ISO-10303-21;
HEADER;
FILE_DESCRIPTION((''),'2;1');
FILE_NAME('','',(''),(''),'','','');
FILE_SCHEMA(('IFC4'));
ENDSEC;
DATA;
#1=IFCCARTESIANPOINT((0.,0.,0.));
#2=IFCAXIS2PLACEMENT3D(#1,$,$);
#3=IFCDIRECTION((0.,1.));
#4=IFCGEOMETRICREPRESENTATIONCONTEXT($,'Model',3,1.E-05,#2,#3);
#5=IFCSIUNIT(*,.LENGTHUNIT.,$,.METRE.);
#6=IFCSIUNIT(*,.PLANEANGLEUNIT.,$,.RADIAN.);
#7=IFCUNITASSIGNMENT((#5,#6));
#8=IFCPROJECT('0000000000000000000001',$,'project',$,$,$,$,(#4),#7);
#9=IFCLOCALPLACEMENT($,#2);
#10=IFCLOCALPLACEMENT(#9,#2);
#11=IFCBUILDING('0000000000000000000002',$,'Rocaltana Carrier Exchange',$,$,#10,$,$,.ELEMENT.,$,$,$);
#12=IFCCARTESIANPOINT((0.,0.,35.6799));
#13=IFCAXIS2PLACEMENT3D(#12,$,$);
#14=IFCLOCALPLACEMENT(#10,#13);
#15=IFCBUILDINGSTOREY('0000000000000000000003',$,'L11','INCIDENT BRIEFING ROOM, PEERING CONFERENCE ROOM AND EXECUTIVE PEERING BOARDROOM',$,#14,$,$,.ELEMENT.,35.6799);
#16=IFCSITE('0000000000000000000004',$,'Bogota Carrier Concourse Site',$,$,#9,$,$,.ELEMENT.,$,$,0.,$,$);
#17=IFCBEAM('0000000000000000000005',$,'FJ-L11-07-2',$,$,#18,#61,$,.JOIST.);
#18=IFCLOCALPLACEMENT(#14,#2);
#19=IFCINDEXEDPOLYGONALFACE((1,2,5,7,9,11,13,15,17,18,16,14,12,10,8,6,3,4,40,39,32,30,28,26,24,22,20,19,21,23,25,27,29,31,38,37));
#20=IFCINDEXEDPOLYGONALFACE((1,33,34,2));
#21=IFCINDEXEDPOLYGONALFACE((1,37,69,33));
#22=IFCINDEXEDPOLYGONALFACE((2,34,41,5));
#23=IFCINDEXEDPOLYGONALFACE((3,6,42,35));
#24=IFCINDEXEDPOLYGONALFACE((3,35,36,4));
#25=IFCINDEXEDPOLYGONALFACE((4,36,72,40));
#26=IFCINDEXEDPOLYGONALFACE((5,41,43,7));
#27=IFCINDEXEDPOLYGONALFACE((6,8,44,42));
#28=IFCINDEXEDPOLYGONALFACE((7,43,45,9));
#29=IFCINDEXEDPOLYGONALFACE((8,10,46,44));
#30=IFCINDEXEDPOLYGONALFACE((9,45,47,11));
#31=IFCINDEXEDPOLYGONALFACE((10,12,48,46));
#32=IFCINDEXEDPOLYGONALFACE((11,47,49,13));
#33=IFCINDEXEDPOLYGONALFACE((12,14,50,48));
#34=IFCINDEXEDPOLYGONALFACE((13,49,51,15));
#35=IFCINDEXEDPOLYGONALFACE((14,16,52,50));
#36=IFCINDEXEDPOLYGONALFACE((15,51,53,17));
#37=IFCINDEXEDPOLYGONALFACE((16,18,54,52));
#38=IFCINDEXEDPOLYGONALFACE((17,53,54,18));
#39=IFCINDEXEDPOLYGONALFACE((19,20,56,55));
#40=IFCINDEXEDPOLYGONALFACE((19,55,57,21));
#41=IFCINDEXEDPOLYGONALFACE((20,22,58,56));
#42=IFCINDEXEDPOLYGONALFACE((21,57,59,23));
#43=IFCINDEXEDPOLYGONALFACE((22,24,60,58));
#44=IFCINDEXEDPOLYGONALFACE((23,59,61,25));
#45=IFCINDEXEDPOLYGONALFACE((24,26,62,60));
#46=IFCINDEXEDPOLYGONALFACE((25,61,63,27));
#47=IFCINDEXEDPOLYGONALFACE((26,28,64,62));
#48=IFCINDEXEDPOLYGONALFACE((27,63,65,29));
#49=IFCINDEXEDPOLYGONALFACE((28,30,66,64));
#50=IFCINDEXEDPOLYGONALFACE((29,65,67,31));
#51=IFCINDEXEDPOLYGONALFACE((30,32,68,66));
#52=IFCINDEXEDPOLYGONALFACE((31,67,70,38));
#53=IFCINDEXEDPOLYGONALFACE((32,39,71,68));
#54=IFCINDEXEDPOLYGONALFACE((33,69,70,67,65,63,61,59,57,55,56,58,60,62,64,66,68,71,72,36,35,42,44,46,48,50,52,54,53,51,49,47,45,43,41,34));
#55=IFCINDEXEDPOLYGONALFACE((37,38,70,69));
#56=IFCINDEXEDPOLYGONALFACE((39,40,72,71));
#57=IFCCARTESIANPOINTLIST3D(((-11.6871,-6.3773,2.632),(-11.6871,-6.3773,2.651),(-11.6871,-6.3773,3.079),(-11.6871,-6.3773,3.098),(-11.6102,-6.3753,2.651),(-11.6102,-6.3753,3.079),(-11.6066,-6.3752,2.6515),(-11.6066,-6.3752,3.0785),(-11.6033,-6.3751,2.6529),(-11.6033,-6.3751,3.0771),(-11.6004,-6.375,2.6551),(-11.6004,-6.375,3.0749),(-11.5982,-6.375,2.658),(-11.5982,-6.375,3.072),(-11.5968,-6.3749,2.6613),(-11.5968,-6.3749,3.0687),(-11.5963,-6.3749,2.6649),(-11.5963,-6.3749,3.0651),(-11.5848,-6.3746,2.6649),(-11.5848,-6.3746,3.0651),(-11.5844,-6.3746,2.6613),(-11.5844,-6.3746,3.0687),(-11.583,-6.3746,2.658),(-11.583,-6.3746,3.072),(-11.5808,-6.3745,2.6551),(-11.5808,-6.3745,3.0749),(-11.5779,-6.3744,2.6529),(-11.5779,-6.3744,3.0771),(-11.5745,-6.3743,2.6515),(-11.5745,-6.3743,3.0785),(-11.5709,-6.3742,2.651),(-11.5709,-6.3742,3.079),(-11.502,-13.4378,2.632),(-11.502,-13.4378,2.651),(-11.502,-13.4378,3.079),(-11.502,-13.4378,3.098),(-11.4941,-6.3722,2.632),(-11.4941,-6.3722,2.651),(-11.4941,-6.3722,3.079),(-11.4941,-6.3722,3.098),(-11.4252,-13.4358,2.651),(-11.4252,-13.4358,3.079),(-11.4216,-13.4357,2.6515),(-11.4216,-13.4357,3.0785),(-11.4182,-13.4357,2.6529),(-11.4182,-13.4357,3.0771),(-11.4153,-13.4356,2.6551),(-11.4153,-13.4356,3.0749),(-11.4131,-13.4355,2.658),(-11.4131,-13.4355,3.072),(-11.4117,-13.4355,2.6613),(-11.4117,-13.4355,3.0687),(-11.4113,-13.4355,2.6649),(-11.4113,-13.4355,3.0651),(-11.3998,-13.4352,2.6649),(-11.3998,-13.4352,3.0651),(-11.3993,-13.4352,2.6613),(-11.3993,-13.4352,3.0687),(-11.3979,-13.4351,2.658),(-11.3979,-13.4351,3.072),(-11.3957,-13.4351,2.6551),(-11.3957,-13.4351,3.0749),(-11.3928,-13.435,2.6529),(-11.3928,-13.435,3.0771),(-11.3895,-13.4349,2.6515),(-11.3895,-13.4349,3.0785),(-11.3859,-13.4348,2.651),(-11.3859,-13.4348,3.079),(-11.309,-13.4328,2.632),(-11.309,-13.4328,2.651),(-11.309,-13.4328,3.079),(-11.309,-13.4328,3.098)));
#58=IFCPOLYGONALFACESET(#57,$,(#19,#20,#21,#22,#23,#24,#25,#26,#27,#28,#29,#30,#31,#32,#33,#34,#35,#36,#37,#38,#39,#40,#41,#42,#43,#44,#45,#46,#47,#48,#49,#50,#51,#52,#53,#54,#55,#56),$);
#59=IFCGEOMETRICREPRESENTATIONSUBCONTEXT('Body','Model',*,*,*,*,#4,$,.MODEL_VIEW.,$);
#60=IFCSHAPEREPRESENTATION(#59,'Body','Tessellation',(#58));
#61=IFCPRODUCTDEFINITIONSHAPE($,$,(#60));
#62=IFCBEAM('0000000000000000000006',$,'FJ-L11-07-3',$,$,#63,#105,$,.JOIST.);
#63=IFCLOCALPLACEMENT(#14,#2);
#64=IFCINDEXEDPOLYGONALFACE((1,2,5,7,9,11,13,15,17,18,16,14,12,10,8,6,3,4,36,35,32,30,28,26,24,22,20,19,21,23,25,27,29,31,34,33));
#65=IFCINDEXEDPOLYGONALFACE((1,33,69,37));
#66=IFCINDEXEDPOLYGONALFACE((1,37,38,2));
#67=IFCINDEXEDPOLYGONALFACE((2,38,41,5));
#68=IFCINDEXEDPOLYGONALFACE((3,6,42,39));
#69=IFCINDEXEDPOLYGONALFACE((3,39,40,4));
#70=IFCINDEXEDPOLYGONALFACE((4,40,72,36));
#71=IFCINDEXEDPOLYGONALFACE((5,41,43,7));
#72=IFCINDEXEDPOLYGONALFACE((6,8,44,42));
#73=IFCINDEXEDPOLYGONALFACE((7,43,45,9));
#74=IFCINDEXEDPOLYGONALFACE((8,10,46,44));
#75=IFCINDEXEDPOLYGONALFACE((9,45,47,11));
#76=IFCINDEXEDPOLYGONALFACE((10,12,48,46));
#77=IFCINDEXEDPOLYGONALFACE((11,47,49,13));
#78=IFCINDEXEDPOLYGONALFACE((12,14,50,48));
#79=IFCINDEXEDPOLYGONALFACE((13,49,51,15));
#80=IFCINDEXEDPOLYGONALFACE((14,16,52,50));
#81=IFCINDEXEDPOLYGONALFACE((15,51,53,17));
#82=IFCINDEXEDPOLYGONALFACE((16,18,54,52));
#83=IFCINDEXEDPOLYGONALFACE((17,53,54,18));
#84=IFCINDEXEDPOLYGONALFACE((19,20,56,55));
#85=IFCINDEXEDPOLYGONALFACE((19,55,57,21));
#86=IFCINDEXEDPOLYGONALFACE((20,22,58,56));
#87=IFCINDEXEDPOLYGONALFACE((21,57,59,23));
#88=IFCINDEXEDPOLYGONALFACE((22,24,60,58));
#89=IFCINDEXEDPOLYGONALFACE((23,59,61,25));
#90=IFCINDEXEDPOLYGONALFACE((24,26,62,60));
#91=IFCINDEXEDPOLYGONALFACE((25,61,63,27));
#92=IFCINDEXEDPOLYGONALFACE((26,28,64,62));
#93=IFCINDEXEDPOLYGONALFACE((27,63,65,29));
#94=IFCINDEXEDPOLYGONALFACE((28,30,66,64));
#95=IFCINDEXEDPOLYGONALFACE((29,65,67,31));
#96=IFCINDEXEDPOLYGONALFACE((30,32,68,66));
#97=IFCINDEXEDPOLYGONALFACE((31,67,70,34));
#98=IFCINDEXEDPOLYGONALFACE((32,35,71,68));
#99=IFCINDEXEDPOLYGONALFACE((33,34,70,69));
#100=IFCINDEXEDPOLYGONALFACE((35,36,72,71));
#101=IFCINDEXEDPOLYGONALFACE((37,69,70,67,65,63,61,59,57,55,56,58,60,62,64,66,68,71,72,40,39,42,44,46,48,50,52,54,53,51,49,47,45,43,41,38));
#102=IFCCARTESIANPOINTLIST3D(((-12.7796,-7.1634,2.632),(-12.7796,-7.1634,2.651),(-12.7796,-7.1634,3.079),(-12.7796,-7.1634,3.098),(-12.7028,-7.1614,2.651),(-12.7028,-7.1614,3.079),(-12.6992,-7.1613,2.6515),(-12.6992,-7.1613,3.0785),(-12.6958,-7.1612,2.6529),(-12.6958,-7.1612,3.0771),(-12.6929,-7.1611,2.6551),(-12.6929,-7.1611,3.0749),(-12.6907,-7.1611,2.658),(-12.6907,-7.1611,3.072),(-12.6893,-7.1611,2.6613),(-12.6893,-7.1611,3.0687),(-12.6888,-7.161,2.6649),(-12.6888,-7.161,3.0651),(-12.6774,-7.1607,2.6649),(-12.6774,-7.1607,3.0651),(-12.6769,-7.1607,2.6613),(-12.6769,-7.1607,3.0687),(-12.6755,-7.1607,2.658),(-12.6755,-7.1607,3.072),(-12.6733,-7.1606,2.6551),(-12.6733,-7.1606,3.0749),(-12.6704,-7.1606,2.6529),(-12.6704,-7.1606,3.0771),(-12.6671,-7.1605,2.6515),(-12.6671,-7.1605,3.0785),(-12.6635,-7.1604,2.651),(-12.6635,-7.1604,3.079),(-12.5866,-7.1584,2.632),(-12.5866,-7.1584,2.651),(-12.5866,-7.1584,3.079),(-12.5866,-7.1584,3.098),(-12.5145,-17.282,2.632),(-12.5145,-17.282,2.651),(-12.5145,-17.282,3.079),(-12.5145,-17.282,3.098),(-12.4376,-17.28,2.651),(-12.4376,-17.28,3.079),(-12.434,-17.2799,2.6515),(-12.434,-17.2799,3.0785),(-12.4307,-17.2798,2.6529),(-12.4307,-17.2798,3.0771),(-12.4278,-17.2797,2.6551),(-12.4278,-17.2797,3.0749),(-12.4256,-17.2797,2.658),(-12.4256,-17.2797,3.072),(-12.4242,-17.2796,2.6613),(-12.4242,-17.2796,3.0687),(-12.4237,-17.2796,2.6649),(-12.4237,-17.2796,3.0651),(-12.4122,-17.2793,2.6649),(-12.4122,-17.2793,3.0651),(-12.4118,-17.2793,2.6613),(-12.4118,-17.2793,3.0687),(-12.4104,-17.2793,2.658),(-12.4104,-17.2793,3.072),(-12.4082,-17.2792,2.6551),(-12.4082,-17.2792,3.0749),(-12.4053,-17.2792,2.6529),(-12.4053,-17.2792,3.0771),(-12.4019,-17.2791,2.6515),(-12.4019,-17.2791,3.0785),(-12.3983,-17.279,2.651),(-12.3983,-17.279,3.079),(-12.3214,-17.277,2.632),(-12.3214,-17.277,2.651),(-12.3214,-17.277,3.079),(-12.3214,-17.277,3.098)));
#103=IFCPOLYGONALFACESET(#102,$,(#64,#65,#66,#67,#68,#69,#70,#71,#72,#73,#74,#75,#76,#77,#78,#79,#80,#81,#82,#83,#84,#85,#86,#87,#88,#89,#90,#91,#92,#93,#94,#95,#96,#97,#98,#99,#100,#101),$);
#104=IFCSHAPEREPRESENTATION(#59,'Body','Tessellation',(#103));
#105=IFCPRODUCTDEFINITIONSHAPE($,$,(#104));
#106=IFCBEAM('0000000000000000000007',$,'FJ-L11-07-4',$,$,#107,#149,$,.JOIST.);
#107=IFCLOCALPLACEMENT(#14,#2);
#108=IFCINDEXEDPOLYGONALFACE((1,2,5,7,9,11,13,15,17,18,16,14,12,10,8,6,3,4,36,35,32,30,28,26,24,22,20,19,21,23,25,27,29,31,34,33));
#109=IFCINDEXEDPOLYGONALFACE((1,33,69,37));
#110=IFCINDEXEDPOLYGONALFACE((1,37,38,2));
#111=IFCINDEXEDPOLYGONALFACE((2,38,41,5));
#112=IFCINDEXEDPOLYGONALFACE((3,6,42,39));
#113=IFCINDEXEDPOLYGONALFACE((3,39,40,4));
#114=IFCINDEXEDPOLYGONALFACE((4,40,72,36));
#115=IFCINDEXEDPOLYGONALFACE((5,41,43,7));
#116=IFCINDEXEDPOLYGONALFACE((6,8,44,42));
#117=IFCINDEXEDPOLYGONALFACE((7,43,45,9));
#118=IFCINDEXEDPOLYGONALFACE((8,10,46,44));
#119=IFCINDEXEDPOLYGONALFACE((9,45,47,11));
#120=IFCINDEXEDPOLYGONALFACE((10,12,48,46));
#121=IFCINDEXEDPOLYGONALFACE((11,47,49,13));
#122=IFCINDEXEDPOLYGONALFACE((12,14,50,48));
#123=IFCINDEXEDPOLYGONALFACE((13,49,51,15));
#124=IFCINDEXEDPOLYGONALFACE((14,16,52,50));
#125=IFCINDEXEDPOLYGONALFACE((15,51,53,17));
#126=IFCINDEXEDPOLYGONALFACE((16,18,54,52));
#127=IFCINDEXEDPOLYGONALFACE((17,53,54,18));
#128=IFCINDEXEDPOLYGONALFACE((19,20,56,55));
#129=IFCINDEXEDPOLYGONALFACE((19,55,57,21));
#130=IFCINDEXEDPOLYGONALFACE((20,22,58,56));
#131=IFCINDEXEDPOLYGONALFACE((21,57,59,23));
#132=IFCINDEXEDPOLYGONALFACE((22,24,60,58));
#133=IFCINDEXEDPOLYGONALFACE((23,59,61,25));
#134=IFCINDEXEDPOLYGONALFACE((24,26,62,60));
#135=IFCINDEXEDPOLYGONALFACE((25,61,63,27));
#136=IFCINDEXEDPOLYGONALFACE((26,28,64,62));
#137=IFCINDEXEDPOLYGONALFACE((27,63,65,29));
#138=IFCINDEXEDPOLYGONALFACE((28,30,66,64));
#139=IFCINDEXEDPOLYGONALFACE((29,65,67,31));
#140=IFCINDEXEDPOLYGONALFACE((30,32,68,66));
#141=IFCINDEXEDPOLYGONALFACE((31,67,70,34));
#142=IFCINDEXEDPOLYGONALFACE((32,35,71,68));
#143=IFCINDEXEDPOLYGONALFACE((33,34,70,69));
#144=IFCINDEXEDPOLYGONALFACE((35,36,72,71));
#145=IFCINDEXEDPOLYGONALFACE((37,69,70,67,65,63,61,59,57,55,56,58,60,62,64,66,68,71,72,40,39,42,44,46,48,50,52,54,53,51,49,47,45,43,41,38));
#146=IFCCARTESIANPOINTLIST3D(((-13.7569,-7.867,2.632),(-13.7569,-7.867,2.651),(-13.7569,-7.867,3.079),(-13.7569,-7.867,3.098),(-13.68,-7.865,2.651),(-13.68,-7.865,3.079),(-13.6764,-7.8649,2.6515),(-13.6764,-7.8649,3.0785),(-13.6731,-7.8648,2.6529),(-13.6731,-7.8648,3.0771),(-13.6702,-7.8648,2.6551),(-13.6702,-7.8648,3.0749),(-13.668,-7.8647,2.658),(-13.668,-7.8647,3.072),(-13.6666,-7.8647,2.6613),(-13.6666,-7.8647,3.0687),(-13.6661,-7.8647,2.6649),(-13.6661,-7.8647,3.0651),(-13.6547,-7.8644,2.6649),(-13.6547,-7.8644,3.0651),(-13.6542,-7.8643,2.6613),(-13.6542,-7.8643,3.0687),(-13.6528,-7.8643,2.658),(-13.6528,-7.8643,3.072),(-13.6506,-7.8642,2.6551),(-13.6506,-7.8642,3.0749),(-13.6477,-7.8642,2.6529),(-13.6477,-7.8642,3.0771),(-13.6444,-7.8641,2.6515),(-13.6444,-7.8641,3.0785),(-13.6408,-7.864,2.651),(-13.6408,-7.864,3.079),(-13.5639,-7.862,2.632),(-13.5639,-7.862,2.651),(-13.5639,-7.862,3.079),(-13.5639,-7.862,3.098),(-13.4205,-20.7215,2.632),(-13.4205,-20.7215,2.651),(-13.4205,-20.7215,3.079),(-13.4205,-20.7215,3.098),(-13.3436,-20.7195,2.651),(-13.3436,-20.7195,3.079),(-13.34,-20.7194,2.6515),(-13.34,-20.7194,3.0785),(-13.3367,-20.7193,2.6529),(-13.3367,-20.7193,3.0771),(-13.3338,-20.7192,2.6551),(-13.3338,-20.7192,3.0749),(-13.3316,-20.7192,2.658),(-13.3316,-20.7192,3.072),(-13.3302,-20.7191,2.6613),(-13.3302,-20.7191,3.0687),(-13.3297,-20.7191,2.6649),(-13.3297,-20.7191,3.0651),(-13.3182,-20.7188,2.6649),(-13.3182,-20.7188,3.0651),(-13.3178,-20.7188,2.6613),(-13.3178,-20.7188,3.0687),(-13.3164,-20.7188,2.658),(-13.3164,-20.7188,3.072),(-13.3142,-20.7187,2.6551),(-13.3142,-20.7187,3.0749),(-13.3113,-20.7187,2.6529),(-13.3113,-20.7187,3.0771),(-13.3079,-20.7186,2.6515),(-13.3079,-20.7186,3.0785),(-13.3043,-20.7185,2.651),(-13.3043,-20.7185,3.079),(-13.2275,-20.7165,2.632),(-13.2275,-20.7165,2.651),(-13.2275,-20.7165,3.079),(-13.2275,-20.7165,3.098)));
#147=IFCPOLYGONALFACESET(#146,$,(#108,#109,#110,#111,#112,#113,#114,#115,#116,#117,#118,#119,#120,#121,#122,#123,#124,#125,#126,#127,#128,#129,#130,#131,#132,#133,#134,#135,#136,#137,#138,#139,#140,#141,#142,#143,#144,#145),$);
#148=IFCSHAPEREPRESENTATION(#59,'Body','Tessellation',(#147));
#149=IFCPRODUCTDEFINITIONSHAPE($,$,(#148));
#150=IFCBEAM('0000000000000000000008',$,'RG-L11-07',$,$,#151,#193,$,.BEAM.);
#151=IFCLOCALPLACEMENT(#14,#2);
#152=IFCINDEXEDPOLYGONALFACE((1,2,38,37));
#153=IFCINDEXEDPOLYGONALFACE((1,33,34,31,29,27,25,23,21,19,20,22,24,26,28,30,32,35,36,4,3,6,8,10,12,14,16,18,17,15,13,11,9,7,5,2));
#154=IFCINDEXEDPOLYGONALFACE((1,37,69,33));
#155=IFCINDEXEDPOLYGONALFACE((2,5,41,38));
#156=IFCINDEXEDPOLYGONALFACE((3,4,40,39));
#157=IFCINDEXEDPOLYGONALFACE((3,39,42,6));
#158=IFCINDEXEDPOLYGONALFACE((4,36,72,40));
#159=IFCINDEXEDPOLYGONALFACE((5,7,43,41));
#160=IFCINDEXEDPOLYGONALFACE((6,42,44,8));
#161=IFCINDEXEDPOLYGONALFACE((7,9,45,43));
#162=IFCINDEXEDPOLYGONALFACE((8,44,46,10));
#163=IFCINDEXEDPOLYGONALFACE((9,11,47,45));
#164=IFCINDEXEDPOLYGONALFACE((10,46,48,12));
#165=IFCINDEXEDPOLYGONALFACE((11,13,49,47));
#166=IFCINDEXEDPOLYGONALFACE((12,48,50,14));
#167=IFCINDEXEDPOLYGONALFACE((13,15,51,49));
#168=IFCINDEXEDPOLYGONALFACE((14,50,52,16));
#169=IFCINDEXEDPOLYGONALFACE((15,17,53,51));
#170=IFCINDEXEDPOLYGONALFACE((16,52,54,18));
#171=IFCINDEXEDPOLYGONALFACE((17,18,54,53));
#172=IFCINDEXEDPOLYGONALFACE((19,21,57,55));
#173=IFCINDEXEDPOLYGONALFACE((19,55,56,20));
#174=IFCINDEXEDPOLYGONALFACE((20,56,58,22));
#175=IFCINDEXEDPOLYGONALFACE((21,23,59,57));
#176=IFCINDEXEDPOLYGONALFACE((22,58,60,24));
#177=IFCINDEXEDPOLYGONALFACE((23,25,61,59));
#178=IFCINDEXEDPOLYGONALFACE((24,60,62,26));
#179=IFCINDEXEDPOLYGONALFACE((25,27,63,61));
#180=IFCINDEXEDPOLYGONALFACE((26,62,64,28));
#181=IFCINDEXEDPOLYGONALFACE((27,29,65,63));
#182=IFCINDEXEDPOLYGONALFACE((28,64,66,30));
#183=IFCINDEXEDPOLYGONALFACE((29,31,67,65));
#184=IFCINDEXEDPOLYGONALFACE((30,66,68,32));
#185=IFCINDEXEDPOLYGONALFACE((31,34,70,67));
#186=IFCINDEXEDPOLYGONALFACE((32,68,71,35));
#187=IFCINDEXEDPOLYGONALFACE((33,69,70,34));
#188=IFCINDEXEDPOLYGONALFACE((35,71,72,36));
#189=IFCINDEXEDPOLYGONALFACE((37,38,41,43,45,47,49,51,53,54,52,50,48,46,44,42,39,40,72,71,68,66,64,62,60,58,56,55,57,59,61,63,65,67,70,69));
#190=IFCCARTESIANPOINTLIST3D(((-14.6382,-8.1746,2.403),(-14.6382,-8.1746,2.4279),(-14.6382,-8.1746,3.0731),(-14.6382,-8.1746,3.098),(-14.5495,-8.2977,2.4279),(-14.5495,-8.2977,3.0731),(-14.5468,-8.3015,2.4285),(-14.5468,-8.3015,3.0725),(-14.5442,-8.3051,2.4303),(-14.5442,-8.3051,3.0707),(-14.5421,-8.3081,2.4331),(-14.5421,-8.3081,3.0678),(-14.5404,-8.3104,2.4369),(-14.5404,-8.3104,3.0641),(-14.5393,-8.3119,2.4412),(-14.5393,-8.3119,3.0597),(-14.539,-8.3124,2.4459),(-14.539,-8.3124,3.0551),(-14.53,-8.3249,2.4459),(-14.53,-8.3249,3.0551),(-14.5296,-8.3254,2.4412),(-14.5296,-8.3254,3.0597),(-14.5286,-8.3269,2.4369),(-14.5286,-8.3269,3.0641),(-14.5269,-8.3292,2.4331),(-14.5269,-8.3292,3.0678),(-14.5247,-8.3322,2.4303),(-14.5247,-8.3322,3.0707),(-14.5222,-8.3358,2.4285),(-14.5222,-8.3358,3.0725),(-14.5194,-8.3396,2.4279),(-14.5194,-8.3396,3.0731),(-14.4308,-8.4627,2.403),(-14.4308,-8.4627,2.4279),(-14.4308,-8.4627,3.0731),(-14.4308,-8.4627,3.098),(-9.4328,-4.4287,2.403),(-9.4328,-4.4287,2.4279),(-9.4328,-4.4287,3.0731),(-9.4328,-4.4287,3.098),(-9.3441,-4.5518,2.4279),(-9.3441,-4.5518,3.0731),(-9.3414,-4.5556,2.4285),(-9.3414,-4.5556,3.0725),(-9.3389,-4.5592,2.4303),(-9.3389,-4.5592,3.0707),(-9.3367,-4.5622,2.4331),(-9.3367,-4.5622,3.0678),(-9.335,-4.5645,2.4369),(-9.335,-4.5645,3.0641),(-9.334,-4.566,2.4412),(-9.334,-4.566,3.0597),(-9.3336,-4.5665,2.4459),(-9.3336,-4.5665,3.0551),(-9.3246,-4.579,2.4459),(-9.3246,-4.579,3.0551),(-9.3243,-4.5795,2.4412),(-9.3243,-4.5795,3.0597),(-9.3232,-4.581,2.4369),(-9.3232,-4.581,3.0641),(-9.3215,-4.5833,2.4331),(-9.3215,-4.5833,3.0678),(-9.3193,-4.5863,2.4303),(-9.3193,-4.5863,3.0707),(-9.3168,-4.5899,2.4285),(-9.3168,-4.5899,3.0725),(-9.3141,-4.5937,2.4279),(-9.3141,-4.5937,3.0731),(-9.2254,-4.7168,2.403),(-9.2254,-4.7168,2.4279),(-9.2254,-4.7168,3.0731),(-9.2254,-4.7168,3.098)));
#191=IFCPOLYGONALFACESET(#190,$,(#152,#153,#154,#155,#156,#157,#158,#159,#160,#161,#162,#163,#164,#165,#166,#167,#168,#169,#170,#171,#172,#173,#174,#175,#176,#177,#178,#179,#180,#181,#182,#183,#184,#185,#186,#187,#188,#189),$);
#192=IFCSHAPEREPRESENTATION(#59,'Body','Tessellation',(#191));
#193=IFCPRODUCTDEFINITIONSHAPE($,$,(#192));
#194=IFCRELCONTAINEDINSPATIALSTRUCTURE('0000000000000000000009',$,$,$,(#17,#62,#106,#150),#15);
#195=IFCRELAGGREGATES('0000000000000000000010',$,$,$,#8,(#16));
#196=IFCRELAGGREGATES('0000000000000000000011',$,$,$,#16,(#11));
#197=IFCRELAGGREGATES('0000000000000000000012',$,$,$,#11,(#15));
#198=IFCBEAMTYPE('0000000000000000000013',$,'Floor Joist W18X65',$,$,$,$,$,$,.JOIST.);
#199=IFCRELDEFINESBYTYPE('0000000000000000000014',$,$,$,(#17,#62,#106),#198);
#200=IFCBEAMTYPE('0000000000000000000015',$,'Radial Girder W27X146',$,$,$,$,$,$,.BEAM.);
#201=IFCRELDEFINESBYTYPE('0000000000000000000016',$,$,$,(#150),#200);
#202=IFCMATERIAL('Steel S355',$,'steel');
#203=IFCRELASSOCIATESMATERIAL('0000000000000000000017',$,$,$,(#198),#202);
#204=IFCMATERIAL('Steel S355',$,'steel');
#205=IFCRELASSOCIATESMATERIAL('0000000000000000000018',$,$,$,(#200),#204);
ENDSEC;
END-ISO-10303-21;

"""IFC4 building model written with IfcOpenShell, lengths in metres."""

from ifc_helpers import new_model, si_unit, direction, frame, origin, origin_2d, place, context, subcontext, project, spatial, i_section, extrude, material, material_profile, profile_set, type_object, element, save


model = new_model("IFC4")

# Units and contexts
model_context = context("Model", 3, precision=1e-05, world=origin(), true_north=direction((0.0, 1.0)))
body_context = subcontext(model_context, "Body", "Model", "MODEL_VIEW")
ifc_project = project(units=[si_unit("LENGTHUNIT", "METRE"), si_unit("PLANEANGLEUNIT", "RADIAN")], contexts=[model_context])

# Site, building, storey
site_placement = place(None, origin())
site = spatial("IfcSite", under=ifc_project, at=site_placement, Name="Bogota Carrier Concourse Site", CompositionType="ELEMENT", RefElevation=0.0)
building_placement = place(site_placement, origin())
building = spatial("IfcBuilding", under=site, at=building_placement, Name="Rocaltana Carrier Exchange", CompositionType="ELEMENT")
storey_placement = place(building_placement, frame((0.0, 0.0, 35.6799)))
storey = spatial("IfcBuildingStorey", under=building, at=storey_placement, Name="L11", Description="INCIDENT BRIEFING ROOM, PEERING CONFERENCE ROOM AND EXECUTIVE PEERING BOARDROOM", CompositionType="ELEMENT", Elevation=35.6799)

# Beams
ifc_material_1 = material(Name="Steel S355", Category="steel")
ifc_material_profile_1 = material_profile(ifc_material_1, i_section(OverallWidth=0.1931, OverallDepth=0.4661, WebThickness=0.0115, FlangeThickness=0.019, FilletRadius=0.0139, at=origin_2d()), Name="W18X65")
ifc_profile_set_1 = profile_set([ifc_material_profile_1], Name="Steel S355")
beam_type_1 = type_object("IfcBeamType", Name="Floor Joist W18X65", PredefinedType="JOIST", material=ifc_profile_set_1)
beam_1_placement = place(storey_placement, frame((-11.5906, -6.3748, 2.865), z_axis=(0.026201, -0.999657, 0.0), x_axis=(0.999657, 0.026201, 0.0)))
element("IfcBeam", 1, at=beam_1_placement, inside=storey, type_object=beam_type_1, Name="FJ-L11-07-2", PredefinedType="JOIST", context=body_context, shape_type="SweptSolid", body=[
    extrude(i_section(OverallWidth=0.1931, OverallDepth=0.4661, WebThickness=0.0115, FlangeThickness=0.019, FilletRadius=0.0139, at=origin_2d()), origin(), (0.0, 0.0, 1.0), 7.063),
])
beam_2_placement = place(storey_placement, frame((-12.6831, -7.1609, 2.865), z_axis=(0.026194, -0.999657, 0.0), x_axis=(0.999657, 0.026194, 0.0)))
element("IfcBeam", 2, at=beam_2_placement, inside=storey, type_object=beam_type_1, Name="FJ-L11-07-3", PredefinedType="JOIST", context=body_context, shape_type="SweptSolid", body=[
    extrude(i_section(OverallWidth=0.1931, OverallDepth=0.4661, WebThickness=0.0115, FlangeThickness=0.019, FilletRadius=0.0139, at=origin_2d()), origin(), (0.0, 0.0, 1.0), 10.1221),
])
beam_3_placement = place(storey_placement, frame((-13.6604, -7.8645, 2.865), z_axis=(0.026163, -0.999658, 0.0), x_axis=(0.999658, 0.026163, 0.0)))
element("IfcBeam", 3, at=beam_3_placement, inside=storey, type_object=beam_type_1, Name="FJ-L11-07-4", PredefinedType="JOIST", context=body_context, shape_type="SweptSolid", body=[
    extrude(i_section(OverallWidth=0.1931, OverallDepth=0.4661, WebThickness=0.0115, FlangeThickness=0.019, FilletRadius=0.0139, at=origin_2d()), origin(), (0.0, 0.0, 1.0), 12.8589),
])
ifc_material_2 = material(Name="Steel S355", Category="steel")
ifc_material_profile_2 = material_profile(ifc_material_2, i_section(OverallWidth=0.355, OverallDepth=0.6951, WebThickness=0.0154, FlangeThickness=0.0249, FilletRadius=0.0181, at=origin_2d()), Name="W27X146")
ifc_profile_set_2 = profile_set([ifc_material_profile_2], Name="Steel S355")
beam_type_2 = type_object("IfcBeamType", Name="Radial Girder W27X146", PredefinedType="BEAM", material=ifc_profile_set_2)
beam_4_placement = place(storey_placement, frame((-9.3291, -4.5728, 2.7505), z_axis=(-0.811681, -0.584101, 0.0), x_axis=(0.584101, -0.811681, 0.0)))
element("IfcBeam", 4, at=beam_4_placement, inside=storey, type_object=beam_type_2, Name="RG-L11-07", PredefinedType="BEAM", context=body_context, shape_type="SweptSolid", body=[
    extrude(i_section(OverallWidth=0.355, OverallDepth=0.6951, WebThickness=0.0154, FlangeThickness=0.0249, FilletRadius=0.0181, at=origin_2d()), origin(), (0.0, 0.0, 1.0), 6.4131),
])

save(model, "model.ifc")
